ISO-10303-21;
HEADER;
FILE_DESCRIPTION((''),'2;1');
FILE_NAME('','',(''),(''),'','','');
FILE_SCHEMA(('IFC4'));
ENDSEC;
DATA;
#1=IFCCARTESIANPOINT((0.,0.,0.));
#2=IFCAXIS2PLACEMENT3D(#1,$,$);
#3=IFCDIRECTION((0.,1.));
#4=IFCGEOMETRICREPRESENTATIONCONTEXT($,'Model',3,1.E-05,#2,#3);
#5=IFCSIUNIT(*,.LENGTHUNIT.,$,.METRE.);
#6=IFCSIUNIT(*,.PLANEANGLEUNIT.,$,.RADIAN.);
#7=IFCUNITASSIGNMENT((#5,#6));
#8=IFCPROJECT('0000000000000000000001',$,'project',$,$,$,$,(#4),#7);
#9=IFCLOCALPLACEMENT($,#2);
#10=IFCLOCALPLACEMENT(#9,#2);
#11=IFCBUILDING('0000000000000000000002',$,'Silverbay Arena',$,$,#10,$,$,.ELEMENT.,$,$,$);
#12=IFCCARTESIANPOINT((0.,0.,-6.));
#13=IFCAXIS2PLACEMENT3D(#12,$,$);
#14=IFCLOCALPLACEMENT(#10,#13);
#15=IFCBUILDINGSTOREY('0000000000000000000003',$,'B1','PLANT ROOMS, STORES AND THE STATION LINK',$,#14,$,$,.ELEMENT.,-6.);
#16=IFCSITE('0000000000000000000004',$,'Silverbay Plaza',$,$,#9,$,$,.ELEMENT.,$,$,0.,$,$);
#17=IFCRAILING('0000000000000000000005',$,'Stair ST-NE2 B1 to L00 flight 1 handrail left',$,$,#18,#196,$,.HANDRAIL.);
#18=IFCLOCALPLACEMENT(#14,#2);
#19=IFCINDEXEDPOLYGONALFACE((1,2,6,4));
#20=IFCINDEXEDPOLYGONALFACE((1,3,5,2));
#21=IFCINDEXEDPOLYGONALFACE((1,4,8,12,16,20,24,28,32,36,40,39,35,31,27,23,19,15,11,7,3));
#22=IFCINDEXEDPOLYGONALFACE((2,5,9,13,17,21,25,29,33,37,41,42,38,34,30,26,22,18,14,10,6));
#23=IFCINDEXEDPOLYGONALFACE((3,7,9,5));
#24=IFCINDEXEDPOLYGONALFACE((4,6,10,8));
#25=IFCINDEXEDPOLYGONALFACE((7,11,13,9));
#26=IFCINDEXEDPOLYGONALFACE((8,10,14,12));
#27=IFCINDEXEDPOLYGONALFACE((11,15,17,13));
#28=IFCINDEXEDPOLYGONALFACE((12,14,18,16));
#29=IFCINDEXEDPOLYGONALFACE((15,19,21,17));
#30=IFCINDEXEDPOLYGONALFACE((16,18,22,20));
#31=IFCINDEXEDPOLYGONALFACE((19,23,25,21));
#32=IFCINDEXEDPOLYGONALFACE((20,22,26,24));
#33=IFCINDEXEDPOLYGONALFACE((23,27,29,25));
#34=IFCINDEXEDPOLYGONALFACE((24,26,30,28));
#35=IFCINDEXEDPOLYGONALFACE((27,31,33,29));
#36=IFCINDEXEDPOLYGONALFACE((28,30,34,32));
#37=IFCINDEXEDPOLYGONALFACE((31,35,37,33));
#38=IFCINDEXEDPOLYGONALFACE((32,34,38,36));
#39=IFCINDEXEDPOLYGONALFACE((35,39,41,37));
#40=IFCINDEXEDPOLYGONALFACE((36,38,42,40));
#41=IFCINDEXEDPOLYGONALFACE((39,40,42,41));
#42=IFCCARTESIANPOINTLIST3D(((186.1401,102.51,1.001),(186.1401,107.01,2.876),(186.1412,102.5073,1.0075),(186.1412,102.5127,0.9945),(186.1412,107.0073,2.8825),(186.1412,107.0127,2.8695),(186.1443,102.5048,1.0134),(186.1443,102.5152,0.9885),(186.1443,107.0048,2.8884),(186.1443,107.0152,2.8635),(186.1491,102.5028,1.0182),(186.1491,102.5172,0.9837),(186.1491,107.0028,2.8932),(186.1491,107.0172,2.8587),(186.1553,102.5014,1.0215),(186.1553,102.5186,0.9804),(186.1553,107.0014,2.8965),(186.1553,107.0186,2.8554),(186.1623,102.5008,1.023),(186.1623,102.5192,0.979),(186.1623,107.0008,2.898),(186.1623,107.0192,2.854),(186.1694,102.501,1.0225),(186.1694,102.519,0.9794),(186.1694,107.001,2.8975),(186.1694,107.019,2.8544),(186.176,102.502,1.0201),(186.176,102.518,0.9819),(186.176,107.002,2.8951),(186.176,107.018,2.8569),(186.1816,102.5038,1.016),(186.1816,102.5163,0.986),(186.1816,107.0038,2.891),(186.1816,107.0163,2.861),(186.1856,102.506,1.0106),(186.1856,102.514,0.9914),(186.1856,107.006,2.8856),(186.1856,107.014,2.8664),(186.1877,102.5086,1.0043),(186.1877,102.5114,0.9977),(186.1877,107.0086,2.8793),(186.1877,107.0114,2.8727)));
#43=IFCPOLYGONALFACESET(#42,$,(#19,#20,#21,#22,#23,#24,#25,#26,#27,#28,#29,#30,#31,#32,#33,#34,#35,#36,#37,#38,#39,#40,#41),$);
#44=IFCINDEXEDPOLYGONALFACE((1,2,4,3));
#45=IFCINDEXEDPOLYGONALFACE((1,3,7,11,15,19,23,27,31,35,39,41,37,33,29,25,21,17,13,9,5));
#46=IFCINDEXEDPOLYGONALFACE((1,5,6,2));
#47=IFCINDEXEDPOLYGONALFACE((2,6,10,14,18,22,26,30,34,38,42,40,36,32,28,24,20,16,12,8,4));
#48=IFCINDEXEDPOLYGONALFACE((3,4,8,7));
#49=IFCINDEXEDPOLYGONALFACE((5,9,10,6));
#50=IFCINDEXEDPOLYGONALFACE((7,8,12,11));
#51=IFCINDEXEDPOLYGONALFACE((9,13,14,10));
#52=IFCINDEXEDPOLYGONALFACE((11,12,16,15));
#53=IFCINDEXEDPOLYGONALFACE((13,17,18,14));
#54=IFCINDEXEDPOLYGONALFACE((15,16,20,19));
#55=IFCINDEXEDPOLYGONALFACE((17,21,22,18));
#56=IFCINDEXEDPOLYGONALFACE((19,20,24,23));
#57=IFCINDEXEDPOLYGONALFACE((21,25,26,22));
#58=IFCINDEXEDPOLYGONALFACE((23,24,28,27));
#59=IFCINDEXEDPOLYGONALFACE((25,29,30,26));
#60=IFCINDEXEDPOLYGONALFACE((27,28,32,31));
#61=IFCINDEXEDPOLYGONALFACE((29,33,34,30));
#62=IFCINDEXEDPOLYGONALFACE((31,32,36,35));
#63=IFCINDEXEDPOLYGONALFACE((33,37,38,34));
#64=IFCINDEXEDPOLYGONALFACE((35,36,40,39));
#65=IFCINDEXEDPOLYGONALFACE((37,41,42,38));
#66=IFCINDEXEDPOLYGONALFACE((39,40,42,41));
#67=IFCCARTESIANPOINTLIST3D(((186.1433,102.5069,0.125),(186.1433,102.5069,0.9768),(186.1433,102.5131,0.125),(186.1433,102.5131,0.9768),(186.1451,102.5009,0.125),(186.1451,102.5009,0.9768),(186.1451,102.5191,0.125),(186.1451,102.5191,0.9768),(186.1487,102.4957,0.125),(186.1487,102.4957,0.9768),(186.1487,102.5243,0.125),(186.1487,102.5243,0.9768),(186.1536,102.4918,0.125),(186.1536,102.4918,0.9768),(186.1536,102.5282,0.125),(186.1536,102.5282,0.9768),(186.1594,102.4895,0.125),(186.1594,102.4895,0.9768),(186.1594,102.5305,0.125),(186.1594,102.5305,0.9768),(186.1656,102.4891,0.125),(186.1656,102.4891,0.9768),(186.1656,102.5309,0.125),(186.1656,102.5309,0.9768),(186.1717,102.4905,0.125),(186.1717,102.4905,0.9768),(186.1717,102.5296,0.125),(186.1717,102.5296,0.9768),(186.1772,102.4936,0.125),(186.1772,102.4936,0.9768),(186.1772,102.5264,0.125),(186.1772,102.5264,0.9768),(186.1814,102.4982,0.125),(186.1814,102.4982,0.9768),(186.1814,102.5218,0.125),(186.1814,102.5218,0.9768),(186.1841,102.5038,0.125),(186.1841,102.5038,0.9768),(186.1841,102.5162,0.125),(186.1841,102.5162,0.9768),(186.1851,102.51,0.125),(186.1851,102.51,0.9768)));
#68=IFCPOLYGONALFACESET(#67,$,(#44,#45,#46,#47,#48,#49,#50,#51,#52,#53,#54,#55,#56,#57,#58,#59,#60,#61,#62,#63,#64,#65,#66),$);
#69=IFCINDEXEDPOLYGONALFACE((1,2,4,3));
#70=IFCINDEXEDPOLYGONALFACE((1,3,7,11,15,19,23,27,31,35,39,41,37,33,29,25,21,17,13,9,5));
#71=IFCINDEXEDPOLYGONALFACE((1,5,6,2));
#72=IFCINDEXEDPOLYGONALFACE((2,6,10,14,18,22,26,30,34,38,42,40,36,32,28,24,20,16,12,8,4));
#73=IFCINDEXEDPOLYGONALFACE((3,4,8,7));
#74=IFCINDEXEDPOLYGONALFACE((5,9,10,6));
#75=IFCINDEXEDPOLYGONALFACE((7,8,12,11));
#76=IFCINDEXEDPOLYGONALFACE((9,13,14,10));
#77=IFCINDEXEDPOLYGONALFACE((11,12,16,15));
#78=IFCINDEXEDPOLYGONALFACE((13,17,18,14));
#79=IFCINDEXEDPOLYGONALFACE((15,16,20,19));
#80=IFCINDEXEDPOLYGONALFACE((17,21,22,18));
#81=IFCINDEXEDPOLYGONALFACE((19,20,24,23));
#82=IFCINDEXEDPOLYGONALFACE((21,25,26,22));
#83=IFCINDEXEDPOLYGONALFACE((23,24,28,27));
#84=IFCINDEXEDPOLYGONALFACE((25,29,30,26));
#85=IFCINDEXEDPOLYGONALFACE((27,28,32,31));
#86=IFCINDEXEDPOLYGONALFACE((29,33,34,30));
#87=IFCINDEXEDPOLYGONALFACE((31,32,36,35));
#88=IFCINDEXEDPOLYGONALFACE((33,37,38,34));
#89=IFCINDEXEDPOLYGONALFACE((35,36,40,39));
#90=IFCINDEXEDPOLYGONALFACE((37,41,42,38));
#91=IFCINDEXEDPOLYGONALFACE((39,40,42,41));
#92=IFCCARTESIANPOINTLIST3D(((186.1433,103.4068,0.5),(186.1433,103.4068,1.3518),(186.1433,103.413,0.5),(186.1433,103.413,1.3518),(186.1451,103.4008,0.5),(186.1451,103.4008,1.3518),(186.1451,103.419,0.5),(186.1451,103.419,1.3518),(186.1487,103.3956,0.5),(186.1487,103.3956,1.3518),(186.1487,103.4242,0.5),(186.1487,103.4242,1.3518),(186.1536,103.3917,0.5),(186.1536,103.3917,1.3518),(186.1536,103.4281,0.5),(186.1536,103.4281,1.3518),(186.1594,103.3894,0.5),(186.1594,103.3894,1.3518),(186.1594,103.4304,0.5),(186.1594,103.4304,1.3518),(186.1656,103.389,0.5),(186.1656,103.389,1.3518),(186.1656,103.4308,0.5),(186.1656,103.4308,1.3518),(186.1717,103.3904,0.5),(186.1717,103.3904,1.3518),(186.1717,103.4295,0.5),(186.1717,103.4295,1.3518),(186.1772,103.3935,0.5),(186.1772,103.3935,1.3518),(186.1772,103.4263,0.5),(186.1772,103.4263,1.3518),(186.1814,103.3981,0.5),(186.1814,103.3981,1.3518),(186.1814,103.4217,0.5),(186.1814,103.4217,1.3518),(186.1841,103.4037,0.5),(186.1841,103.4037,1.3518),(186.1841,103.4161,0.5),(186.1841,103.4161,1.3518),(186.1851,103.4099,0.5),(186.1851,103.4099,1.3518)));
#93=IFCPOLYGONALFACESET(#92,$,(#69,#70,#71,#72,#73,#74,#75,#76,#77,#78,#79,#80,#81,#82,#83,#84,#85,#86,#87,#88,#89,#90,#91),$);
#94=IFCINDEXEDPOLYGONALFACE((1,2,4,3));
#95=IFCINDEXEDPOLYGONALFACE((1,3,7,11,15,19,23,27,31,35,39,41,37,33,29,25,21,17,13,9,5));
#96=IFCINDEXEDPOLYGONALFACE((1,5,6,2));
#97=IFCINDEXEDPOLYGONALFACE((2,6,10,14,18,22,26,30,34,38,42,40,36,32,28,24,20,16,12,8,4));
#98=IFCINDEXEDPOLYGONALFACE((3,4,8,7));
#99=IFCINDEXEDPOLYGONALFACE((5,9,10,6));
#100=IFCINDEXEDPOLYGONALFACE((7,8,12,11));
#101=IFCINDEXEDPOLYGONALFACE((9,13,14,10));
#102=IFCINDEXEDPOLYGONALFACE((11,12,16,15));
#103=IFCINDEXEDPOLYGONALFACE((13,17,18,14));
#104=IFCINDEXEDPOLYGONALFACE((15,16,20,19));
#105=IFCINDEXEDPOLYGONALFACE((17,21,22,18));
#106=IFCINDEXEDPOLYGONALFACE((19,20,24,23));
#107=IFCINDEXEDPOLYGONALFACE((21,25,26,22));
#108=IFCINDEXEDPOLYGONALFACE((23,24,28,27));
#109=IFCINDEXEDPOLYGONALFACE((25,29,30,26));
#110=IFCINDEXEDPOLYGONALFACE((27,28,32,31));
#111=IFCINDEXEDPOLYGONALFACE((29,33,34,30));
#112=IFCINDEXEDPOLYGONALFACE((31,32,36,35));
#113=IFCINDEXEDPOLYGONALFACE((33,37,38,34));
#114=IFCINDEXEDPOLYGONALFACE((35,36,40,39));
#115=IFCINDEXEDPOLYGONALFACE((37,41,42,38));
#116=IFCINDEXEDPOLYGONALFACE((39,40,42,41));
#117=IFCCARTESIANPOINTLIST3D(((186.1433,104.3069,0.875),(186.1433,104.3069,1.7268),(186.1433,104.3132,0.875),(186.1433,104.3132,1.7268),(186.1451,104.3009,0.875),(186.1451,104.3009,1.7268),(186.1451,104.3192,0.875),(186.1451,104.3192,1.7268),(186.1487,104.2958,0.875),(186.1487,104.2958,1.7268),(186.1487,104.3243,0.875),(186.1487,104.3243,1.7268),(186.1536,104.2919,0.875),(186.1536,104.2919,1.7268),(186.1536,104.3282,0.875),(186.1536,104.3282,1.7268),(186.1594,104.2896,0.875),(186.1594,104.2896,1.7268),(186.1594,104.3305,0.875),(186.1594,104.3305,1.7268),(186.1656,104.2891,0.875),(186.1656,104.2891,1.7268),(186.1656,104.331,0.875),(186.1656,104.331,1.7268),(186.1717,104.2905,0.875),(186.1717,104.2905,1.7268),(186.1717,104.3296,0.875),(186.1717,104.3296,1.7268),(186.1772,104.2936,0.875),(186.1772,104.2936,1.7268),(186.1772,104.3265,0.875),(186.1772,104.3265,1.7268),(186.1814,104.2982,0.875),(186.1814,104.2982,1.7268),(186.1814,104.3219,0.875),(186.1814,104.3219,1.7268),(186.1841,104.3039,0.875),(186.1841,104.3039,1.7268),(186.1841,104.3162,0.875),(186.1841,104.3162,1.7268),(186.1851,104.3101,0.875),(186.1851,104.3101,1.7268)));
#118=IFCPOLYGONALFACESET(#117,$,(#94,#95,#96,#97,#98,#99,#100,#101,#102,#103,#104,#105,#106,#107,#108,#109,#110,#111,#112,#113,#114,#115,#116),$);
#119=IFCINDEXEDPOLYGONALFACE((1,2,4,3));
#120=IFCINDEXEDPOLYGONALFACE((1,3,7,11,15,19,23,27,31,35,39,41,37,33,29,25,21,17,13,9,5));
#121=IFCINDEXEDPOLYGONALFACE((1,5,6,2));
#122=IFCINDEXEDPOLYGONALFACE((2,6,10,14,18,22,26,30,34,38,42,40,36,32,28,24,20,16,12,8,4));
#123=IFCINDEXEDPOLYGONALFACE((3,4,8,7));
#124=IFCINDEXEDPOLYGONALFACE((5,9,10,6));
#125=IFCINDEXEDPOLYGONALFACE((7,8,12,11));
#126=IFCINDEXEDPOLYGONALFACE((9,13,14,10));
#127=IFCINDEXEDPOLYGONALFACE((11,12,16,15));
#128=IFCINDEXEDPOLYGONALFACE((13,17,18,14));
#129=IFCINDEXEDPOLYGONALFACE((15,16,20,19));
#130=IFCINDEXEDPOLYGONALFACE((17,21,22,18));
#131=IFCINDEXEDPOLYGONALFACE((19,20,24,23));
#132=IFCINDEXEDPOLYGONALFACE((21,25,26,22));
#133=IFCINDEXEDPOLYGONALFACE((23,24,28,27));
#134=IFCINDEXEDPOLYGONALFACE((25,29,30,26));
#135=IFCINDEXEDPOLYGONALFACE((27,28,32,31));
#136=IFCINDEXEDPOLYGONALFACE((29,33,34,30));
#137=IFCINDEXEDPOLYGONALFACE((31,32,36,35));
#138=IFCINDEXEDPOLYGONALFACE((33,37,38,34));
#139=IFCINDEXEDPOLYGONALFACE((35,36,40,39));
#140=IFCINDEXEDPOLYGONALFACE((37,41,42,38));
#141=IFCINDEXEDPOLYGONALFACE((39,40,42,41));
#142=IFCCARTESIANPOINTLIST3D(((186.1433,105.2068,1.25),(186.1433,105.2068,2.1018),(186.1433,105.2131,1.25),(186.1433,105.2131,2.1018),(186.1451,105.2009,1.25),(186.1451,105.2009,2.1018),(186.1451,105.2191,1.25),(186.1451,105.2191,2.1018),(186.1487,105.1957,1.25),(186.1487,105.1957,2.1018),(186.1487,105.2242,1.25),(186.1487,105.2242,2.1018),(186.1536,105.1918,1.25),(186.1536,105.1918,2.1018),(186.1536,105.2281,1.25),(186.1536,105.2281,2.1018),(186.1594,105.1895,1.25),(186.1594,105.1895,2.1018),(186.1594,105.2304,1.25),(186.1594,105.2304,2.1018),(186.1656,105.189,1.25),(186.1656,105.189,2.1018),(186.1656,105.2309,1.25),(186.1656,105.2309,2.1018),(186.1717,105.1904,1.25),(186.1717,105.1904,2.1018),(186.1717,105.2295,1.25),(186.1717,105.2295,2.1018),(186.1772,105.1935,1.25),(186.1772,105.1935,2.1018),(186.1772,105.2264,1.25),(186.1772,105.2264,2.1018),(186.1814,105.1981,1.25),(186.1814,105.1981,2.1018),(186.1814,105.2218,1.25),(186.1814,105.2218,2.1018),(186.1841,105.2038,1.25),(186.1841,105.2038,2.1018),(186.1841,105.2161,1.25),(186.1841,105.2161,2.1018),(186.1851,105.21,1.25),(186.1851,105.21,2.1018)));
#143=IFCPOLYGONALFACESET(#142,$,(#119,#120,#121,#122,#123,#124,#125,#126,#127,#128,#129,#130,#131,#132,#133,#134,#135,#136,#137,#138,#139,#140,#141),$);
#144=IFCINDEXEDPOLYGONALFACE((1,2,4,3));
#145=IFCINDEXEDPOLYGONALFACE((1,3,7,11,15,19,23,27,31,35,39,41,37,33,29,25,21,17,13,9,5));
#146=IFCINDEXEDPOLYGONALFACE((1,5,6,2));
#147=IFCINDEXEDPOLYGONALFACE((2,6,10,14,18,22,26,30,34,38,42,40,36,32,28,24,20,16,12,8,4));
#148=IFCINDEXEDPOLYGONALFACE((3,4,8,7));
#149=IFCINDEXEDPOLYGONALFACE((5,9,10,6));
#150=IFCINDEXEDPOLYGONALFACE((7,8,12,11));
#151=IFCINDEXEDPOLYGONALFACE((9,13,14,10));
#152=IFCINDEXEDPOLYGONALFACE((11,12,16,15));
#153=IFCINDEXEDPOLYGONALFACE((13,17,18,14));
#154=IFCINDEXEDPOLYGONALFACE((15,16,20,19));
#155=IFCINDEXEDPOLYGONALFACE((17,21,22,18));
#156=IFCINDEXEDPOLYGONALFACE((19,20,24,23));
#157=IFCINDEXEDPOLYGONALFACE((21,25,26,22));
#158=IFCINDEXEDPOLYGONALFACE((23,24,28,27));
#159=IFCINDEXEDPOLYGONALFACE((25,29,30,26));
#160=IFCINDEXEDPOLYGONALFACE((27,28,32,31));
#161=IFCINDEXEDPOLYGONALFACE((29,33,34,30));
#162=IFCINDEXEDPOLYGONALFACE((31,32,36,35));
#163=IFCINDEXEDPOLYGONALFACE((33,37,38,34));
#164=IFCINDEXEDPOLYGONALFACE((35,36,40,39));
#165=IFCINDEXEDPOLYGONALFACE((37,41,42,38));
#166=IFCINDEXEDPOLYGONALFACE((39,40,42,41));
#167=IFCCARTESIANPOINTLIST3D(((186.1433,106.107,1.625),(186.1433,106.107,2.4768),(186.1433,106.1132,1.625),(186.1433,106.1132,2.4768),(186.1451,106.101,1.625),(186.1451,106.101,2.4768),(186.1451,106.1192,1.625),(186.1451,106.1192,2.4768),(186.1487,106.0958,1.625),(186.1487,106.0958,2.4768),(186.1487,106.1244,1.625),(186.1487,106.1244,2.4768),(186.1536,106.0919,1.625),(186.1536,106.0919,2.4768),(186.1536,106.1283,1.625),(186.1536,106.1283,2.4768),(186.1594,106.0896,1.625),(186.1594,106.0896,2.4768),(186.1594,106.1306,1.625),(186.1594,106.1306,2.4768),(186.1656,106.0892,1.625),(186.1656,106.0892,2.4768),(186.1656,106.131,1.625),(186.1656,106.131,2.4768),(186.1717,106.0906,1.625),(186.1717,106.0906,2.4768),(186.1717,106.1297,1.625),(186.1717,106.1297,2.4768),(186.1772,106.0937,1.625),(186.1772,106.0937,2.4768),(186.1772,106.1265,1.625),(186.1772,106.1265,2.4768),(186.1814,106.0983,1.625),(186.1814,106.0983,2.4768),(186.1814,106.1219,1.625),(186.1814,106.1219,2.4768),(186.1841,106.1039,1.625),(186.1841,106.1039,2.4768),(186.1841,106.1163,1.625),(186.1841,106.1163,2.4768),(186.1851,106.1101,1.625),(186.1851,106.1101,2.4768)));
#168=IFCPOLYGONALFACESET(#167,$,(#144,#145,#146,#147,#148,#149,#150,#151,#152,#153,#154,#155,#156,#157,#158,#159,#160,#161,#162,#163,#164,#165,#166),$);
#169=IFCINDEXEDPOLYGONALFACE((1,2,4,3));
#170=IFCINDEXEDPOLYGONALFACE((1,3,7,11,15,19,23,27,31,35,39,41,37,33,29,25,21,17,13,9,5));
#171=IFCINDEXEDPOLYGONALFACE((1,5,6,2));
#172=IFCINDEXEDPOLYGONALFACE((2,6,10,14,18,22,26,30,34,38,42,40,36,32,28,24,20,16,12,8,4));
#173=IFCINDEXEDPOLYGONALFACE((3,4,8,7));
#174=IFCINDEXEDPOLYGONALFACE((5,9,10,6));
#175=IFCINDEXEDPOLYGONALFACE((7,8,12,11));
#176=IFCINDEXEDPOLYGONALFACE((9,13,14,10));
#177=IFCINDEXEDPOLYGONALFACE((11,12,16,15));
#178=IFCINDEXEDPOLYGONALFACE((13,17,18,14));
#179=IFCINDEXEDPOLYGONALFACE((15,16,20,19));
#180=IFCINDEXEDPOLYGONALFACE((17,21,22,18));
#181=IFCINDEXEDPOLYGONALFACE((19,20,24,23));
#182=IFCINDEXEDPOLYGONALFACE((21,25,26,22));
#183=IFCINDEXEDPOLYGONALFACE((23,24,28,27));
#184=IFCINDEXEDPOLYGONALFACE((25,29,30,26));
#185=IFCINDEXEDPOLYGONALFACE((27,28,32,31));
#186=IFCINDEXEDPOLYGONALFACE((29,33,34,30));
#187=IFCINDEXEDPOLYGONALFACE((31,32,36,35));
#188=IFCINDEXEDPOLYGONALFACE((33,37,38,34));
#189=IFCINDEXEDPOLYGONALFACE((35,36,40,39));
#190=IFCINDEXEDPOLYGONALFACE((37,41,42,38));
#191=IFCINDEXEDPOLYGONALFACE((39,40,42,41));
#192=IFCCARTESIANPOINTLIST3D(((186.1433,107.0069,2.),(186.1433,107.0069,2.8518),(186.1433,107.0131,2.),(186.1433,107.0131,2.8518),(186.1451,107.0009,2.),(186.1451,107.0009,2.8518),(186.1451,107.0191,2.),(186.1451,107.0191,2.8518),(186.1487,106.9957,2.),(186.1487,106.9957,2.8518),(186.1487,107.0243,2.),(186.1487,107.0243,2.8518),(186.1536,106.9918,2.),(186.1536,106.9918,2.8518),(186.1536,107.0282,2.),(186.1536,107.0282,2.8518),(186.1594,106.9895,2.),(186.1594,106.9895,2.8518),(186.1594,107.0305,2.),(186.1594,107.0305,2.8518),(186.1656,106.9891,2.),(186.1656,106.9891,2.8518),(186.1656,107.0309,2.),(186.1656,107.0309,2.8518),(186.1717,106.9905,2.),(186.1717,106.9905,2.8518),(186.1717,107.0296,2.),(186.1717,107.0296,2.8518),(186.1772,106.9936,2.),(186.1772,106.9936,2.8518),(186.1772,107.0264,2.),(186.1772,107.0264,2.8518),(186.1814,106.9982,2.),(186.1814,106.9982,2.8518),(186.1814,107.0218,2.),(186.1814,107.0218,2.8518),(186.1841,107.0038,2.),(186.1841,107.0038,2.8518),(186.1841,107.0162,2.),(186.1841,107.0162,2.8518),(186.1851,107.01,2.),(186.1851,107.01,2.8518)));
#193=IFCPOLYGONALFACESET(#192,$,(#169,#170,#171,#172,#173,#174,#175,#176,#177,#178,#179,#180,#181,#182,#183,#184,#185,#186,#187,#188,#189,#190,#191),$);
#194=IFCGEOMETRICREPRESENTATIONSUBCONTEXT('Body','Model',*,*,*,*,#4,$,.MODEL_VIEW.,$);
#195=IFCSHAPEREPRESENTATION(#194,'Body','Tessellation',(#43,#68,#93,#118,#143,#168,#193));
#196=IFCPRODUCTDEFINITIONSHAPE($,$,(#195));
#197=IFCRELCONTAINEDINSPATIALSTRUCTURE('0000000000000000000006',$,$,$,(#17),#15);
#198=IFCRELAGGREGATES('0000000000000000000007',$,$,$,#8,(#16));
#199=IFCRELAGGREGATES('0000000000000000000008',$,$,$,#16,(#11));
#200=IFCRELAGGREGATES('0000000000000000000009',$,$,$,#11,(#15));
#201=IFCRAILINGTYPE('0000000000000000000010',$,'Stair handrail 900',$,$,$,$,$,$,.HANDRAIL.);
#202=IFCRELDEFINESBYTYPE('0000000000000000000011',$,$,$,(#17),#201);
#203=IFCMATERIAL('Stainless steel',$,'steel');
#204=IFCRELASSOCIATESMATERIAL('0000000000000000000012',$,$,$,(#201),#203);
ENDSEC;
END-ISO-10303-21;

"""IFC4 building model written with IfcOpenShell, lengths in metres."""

from ifc_helpers import new_model, si_unit, direction, frame, origin, origin_2d, place, context, subcontext, project, spatial, circle, extrude, material, type_object, element, save


model = new_model("IFC4")

# Units and contexts
model_context = context("Model", 3, precision=1e-05, world=origin(), true_north=direction((0.0, 1.0)))
body_context = subcontext(model_context, "Body", "Model", "MODEL_VIEW")
ifc_project = project(units=[si_unit("LENGTHUNIT", "METRE"), si_unit("PLANEANGLEUNIT", "RADIAN")], contexts=[model_context])

# Site, building, storey
site_placement = place(None, origin())
site = spatial("IfcSite", under=ifc_project, at=site_placement, Name="Silverbay Plaza", CompositionType="ELEMENT", RefElevation=0.0)
building_placement = place(site_placement, origin())
building = spatial("IfcBuilding", under=site, at=building_placement, Name="Silverbay Arena", CompositionType="ELEMENT")
storey_placement = place(building_placement, frame((0.0, 0.0, -6.0)))
storey = spatial("IfcBuildingStorey", under=building, at=storey_placement, Name="B1", Description="PLANT ROOMS, STORES AND THE STATION LINK", CompositionType="ELEMENT", Elevation=-6.0)

# Railing
ifc_material_1 = material(Name="Stainless steel", Category="steel")
railing_type_1 = type_object("IfcRailingType", Name="Stair handrail 900", PredefinedType="HANDRAIL", material=ifc_material_1)
for number, where, name in (
    (1, (186.1641, 102.51, 0.125), "Stair ST-NE2 B1 to L00 flight 1 handrail left"),
):
    element("IfcRailing", number, at=place(storey_placement, frame(where)), inside=storey, type_object=railing_type_1, Name=name, PredefinedType="HANDRAIL", context=body_context, shape_type="SweptSolid", body=[
        extrude(circle(Radius=0.0239, at=origin_2d()), frame((0.0, 0.0, 0.876), z_axis=(0.0, 0.923077, 0.384615), x_axis=(-1.0, 0.0, 0.0)), (0.0, 0.0, 1.0), 4.875),
        extrude(circle(Radius=0.021, at=origin_2d()), origin(), (0.0, 0.0, 1.0), 0.8518),
        extrude(circle(Radius=0.021, at=origin_2d()), frame((0.0, 0.8999, 0.375)), (0.0, 0.0, 1.0), 0.8518),
        extrude(circle(Radius=0.021, at=origin_2d()), frame((0.0, 1.8, 0.75)), (0.0, 0.0, 1.0), 0.8518),
        extrude(circle(Radius=0.021, at=origin_2d()), frame((0.0, 2.7, 1.125)), (0.0, 0.0, 1.0), 0.8518),
        extrude(circle(Radius=0.021, at=origin_2d()), frame((0.0, 3.6001, 1.5)), (0.0, 0.0, 1.0), 0.8518),
        extrude(circle(Radius=0.021, at=origin_2d()), frame((0.0, 4.5, 1.875)), (0.0, 0.0, 1.0), 0.8518),
    ])

save(model, "model.ifc")
